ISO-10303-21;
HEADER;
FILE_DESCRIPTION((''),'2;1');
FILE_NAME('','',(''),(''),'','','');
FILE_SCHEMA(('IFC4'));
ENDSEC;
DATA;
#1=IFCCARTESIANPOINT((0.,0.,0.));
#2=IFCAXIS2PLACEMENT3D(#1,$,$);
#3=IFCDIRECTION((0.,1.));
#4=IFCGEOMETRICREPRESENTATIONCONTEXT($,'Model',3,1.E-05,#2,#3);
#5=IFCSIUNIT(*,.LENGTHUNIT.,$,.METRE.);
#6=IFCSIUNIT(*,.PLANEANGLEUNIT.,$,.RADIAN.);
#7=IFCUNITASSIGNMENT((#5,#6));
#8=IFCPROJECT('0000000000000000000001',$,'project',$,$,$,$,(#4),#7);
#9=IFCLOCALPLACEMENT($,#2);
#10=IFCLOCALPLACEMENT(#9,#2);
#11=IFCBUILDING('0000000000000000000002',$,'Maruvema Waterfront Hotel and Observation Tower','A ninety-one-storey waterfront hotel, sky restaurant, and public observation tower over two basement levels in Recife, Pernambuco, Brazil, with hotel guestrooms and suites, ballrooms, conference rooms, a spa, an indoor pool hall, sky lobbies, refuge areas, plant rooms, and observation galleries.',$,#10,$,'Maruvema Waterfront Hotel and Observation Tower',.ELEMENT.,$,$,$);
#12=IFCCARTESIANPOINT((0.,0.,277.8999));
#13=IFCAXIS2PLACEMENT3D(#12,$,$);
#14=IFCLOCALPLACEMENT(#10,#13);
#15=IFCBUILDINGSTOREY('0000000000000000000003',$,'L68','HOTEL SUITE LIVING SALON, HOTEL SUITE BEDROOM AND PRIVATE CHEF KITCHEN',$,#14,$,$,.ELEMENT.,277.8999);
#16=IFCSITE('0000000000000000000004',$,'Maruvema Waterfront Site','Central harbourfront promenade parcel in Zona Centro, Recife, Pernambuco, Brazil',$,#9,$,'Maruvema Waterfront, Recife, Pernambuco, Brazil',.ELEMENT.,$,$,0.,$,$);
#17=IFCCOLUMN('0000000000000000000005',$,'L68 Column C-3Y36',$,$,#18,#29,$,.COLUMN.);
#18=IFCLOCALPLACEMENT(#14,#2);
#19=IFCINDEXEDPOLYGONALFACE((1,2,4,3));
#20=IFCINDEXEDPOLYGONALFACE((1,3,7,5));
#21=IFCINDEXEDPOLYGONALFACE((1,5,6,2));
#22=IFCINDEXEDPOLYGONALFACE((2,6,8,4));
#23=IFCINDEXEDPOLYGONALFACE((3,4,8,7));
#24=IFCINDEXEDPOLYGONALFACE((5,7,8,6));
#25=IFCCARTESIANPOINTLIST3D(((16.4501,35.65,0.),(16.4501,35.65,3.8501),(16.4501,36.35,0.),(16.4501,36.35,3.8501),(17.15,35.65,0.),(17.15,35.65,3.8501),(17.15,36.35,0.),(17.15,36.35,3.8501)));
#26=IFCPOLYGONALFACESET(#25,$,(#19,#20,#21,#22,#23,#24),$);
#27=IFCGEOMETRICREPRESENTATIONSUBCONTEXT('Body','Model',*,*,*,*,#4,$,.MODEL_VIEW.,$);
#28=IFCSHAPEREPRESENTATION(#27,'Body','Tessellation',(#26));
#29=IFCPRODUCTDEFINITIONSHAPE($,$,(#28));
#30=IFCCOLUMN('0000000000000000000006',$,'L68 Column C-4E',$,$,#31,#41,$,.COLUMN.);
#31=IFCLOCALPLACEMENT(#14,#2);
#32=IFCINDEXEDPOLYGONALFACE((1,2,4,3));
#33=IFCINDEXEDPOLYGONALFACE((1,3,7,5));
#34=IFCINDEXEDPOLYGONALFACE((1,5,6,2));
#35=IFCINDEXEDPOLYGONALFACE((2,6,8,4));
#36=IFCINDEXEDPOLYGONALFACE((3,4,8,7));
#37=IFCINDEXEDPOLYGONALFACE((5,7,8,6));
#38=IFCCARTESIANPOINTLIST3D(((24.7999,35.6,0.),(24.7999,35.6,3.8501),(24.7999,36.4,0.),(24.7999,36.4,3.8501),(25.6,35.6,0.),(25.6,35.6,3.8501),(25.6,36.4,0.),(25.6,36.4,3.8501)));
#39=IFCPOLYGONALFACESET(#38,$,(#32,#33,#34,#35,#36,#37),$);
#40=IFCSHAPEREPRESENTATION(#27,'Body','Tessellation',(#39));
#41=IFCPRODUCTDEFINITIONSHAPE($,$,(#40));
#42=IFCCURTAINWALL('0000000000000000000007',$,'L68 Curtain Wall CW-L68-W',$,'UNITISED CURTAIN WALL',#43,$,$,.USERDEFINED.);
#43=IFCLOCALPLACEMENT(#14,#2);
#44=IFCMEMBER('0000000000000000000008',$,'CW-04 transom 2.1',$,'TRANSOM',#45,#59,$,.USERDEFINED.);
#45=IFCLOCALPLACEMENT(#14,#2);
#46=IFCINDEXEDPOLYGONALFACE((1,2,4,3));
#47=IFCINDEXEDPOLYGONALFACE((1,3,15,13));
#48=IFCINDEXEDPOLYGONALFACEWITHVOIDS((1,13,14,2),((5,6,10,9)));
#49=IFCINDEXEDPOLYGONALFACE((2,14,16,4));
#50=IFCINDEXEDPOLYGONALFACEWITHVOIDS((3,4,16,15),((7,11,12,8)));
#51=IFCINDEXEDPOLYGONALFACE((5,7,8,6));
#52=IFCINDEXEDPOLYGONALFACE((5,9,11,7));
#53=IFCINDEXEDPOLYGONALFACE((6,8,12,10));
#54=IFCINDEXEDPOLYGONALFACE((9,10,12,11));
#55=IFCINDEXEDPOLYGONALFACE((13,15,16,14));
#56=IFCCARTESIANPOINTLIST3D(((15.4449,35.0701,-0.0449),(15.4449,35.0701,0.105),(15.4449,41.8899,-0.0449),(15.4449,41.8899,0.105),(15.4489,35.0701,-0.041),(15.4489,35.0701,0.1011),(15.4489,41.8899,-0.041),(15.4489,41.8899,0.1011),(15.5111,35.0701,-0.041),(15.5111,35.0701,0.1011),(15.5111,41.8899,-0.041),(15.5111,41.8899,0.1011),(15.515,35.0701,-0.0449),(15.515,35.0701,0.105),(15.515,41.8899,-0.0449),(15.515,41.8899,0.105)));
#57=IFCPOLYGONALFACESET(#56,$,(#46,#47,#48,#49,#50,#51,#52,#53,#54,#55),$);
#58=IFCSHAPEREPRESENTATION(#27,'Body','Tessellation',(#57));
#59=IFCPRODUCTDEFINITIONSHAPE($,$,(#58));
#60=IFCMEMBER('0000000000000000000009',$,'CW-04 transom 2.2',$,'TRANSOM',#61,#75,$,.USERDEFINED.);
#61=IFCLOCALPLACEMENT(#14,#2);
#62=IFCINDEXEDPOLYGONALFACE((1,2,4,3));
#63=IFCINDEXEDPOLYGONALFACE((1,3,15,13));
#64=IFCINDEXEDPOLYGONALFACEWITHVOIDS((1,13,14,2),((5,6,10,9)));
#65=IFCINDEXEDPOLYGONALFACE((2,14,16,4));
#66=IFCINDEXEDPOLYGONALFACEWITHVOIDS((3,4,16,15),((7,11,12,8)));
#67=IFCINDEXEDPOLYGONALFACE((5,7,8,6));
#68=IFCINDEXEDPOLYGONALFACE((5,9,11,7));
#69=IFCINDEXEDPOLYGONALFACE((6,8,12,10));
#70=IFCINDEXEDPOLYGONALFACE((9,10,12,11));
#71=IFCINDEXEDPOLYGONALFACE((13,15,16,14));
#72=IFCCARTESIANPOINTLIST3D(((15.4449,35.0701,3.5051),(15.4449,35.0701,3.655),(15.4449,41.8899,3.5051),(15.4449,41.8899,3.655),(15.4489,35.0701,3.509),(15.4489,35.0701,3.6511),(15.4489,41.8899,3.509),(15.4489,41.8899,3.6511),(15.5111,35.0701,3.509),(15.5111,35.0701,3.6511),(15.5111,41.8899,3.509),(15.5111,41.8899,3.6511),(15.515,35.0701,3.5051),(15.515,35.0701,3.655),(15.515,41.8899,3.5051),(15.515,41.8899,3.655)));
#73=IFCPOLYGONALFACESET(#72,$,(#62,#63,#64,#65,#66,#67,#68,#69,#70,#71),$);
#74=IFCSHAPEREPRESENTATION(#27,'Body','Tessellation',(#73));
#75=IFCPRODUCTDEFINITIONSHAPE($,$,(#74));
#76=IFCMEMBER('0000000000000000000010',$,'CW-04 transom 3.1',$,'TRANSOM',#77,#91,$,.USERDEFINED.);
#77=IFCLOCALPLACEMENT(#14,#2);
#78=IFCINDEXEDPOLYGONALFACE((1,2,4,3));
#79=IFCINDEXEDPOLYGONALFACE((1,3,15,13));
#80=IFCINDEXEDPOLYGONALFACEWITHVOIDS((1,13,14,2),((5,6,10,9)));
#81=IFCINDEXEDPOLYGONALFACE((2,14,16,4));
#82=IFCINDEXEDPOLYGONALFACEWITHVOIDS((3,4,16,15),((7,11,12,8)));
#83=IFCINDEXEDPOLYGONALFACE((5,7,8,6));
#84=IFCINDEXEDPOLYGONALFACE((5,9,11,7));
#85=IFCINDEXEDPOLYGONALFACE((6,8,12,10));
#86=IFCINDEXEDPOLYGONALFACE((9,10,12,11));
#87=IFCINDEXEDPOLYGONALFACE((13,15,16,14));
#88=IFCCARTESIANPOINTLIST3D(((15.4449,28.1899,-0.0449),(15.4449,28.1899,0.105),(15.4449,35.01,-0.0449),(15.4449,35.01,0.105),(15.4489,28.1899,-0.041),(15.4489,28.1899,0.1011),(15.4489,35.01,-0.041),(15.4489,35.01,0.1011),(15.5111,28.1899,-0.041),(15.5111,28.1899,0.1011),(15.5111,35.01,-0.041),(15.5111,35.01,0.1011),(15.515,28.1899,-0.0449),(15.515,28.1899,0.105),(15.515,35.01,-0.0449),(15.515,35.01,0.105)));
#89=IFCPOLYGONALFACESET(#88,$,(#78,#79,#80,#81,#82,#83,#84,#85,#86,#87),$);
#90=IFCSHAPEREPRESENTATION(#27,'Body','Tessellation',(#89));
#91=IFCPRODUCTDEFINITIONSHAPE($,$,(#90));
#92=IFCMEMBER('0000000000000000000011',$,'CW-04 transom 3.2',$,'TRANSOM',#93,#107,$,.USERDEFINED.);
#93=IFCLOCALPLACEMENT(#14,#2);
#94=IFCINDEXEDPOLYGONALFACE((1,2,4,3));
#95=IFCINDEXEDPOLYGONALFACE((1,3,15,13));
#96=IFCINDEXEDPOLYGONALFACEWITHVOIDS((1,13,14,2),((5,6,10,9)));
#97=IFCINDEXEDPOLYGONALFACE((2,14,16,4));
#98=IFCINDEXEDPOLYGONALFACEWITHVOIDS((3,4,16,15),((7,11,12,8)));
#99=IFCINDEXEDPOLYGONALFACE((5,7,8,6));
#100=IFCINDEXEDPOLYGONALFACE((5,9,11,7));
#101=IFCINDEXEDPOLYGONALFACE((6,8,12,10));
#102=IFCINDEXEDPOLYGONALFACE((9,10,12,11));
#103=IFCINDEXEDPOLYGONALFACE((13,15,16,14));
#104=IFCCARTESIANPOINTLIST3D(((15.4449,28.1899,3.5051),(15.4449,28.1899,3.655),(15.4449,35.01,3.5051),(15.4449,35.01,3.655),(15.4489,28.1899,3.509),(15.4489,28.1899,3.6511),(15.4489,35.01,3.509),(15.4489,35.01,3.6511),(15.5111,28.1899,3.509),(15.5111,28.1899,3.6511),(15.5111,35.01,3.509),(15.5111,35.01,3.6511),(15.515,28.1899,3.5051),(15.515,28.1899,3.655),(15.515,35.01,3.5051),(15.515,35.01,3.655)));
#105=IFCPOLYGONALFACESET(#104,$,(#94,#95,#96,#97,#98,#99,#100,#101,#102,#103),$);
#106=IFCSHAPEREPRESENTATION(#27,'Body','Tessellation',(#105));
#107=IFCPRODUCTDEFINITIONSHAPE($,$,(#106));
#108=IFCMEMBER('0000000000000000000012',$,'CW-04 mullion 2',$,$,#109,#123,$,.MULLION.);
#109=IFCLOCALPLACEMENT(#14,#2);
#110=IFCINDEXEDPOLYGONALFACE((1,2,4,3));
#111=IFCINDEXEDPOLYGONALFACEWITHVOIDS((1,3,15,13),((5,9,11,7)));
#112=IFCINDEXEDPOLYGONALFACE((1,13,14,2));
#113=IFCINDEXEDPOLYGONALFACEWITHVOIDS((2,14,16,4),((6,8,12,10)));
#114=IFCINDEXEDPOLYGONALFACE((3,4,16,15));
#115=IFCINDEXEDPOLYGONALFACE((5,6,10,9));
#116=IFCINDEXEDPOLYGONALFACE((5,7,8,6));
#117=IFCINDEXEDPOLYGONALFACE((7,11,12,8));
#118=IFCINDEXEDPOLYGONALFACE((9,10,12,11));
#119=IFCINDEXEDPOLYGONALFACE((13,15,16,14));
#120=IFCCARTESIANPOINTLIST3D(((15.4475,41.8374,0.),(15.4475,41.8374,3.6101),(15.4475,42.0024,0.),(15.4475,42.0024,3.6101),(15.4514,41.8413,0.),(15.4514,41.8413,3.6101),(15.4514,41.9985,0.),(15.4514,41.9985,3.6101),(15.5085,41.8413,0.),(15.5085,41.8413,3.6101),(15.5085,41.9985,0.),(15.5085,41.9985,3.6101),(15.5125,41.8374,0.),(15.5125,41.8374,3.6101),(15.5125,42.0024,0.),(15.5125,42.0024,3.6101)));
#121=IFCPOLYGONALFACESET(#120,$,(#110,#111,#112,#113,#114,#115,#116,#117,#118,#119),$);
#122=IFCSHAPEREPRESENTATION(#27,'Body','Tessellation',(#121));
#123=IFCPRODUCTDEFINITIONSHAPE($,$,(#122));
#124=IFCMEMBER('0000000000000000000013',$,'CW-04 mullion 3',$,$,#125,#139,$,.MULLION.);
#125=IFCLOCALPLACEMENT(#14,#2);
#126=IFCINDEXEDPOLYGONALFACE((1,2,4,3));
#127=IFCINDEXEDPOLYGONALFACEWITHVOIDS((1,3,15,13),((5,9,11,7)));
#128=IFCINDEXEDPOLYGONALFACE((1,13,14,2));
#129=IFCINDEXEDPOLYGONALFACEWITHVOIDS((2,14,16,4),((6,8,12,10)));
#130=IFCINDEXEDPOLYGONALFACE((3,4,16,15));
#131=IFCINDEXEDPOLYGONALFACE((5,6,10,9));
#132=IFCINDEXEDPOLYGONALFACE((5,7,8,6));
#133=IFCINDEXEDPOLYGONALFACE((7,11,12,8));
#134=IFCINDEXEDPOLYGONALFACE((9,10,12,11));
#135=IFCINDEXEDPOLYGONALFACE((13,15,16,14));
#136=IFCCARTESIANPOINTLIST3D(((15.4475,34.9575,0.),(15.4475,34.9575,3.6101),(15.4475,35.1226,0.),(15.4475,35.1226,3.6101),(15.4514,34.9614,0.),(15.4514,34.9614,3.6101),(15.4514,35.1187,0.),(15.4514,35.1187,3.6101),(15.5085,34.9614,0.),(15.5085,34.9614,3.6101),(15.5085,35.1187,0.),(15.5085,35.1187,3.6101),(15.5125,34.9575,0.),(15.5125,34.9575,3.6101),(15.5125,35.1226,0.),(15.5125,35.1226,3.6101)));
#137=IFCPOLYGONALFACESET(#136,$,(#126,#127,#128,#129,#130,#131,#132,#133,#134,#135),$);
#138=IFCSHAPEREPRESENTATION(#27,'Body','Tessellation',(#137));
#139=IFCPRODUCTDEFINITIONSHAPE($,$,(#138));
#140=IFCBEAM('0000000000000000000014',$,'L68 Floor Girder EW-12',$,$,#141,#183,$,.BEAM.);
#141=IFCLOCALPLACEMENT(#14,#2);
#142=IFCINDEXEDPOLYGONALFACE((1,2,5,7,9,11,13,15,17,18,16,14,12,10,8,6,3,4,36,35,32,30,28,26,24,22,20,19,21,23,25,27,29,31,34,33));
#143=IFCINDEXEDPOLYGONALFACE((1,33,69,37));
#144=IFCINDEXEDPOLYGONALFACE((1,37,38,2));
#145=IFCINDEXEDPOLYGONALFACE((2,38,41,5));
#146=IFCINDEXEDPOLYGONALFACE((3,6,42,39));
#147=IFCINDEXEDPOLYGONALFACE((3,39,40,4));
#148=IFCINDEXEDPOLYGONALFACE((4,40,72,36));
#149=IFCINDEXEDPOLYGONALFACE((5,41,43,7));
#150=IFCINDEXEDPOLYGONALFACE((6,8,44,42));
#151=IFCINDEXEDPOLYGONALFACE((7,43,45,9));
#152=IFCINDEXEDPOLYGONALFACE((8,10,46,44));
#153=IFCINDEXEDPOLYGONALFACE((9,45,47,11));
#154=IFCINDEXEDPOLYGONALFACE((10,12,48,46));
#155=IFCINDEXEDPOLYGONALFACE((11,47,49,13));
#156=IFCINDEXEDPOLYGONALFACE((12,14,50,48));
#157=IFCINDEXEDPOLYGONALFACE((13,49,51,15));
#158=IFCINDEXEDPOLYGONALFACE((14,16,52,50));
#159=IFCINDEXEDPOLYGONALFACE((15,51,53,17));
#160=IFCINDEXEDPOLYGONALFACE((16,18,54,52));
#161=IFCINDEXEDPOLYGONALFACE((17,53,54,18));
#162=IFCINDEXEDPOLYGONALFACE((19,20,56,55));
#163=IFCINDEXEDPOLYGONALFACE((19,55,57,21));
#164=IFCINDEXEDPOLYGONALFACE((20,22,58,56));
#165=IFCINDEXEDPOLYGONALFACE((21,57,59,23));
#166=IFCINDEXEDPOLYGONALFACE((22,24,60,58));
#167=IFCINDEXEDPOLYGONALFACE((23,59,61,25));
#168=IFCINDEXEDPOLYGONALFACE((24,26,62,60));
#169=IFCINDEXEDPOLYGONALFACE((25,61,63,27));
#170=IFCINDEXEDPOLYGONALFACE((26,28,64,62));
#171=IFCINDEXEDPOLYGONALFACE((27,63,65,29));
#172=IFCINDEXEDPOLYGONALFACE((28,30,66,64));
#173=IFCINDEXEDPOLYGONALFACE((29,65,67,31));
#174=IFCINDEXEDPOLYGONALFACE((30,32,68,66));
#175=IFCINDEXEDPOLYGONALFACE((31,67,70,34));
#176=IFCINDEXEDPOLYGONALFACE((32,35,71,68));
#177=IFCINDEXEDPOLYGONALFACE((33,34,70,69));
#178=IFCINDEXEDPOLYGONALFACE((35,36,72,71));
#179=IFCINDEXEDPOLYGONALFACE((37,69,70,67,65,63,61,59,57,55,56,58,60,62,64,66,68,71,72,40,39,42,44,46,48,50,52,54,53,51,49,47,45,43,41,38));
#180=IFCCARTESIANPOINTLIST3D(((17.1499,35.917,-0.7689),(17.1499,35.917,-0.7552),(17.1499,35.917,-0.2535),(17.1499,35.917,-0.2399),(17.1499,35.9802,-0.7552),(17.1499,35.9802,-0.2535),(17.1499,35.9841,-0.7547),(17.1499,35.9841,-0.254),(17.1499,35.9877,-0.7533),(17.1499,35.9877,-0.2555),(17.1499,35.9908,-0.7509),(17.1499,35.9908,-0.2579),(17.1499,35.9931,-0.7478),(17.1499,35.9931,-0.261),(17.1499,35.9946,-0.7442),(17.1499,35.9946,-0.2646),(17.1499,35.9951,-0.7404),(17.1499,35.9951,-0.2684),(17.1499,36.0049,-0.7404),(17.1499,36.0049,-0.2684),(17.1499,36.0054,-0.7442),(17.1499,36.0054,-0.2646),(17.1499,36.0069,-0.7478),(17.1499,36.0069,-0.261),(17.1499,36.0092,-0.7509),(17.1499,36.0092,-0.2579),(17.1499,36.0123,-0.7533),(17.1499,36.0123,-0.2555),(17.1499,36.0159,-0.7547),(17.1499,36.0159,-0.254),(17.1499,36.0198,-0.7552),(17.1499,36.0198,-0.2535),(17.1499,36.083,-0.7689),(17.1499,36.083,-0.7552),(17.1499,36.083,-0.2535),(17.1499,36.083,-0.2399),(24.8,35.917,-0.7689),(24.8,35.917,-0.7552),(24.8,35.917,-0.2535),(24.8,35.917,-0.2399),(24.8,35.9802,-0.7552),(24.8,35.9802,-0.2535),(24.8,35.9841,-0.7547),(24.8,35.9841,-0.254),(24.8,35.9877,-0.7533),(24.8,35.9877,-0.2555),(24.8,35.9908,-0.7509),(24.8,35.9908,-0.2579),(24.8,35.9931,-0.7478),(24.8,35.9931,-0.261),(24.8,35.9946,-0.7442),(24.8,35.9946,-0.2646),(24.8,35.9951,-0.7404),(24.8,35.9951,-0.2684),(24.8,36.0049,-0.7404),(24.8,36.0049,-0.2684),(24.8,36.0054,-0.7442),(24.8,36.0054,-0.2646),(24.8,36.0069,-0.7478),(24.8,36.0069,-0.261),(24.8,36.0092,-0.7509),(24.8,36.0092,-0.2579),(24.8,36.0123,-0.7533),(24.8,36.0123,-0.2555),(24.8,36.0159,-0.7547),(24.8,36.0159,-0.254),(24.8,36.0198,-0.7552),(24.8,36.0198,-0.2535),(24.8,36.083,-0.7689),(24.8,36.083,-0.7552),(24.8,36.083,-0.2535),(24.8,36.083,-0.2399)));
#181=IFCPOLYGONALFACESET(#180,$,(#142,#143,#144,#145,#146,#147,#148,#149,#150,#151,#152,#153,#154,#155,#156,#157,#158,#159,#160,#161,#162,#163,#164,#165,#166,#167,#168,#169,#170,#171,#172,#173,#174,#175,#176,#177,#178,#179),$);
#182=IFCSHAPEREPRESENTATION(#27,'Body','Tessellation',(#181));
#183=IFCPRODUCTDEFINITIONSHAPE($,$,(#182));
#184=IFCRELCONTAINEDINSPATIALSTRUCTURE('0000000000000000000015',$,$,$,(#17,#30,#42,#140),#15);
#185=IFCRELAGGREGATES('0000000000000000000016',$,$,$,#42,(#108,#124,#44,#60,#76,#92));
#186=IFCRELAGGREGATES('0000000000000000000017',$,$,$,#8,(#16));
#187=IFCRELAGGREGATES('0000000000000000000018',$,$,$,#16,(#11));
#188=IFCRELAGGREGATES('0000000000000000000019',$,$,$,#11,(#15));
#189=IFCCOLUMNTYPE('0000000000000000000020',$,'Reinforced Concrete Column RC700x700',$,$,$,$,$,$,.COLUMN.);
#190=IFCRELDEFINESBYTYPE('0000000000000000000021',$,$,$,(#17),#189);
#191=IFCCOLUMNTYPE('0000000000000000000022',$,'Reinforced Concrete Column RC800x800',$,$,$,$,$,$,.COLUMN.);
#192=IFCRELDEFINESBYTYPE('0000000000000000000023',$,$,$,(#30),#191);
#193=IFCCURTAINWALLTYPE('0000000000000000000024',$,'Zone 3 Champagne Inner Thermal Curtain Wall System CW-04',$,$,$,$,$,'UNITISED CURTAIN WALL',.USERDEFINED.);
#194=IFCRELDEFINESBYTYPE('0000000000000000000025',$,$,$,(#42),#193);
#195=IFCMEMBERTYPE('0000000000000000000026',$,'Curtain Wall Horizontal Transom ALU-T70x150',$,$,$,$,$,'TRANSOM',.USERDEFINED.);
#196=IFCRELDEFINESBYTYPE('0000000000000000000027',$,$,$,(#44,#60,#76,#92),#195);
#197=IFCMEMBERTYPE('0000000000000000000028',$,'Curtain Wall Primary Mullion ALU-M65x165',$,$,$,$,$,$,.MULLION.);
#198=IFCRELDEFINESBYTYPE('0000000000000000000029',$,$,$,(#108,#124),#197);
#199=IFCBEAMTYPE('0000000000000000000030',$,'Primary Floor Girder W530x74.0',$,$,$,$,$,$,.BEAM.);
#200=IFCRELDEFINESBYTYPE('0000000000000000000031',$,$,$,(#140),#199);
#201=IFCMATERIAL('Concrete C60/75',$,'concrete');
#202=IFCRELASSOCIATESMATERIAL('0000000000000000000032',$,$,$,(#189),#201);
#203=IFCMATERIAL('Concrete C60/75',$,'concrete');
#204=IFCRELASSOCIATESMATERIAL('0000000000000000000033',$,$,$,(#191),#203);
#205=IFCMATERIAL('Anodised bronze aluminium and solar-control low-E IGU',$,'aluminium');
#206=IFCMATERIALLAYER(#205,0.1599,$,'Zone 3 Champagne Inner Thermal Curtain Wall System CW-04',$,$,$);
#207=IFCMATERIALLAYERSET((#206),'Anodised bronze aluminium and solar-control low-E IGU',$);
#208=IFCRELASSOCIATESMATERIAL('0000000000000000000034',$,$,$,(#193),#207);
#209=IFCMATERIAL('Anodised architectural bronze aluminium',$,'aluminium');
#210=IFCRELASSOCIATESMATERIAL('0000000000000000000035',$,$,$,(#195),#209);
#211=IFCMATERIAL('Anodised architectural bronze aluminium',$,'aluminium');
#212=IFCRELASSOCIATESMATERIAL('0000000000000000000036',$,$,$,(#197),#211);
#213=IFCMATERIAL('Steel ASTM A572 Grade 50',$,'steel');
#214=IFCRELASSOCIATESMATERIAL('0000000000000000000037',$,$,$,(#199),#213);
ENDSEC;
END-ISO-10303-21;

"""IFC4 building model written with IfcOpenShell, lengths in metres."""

from ifc_helpers import new_model, si_unit, direction, frame, origin, origin_2d, place, context, subcontext, project, spatial, rectangle, hollow_rectangle, i_section, extrude, material, layer, layer_set, material_profile, profile_set, type_object, element, aggregate, save


model = new_model("IFC4")

# Units and contexts
model_context = context("Model", 3, precision=1e-05, world=origin(), true_north=direction((0.0, 1.0)))
body_context = subcontext(model_context, "Body", "Model", "MODEL_VIEW")
ifc_project = project(units=[si_unit("LENGTHUNIT", "METRE"), si_unit("PLANEANGLEUNIT", "RADIAN")], contexts=[model_context])

# Site, building, storey
site_placement = place(None, origin())
site = spatial("IfcSite", under=ifc_project, at=site_placement, Name="Maruvema Waterfront Site", Description="Central harbourfront promenade parcel in Zona Centro, Recife, Pernambuco, Brazil", LongName="Maruvema Waterfront, Recife, Pernambuco, Brazil", CompositionType="ELEMENT", RefElevation=0.0)
building_placement = place(site_placement, origin())
building = spatial("IfcBuilding", under=site, at=building_placement, Name="Maruvema Waterfront Hotel and Observation Tower", Description="A ninety-one-storey waterfront hotel, sky restaurant, and public observation tower over two basement levels in Recife, Pernambuco, Brazil, with hotel guestrooms and suites, ballrooms, conference rooms, a spa, an indoor pool hall, sky lobbies, refuge areas, plant rooms, and observation galleries.", LongName="Maruvema Waterfront Hotel and Observation Tower", CompositionType="ELEMENT")
storey_placement = place(building_placement, frame((0.0, 0.0, 277.8999)))
storey = spatial("IfcBuildingStorey", under=building, at=storey_placement, Name="L68", Description="HOTEL SUITE LIVING SALON, HOTEL SUITE BEDROOM AND PRIVATE CHEF KITCHEN", CompositionType="ELEMENT", Elevation=277.8999)

# Columns
ifc_material_1 = material(Name="Concrete C60/75", Category="concrete")
ifc_material_profile_1 = material_profile(ifc_material_1, rectangle(XDim=0.7, YDim=0.7, at=origin_2d()), Name="RC700x700")
ifc_profile_set_1 = profile_set([ifc_material_profile_1], Name="Concrete C60/75")
column_type_1 = type_object("IfcColumnType", Name="Reinforced Concrete Column RC700x700", PredefinedType="COLUMN", material=ifc_profile_set_1)
column_1_placement = place(storey_placement, frame((16.8, 36.0, 0.0), z_axis=(0.0, 0.0, 1.0), x_axis=(1.0, 0.0, 0.0)))
element("IfcColumn", 1, at=column_1_placement, inside=storey, type_object=column_type_1, Name="L68 Column C-3Y36", PredefinedType="COLUMN", context=body_context, shape_type="SweptSolid", body=[
    extrude(rectangle(XDim=0.7, YDim=0.7, at=origin_2d()), origin(), (0.0, 0.0, 1.0), 3.8501),
])
ifc_material_2 = material(Name="Concrete C60/75", Category="concrete")
ifc_material_profile_2 = material_profile(ifc_material_2, rectangle(XDim=0.8, YDim=0.8, at=origin_2d()), Name="RC800x800")
ifc_profile_set_2 = profile_set([ifc_material_profile_2], Name="Concrete C60/75")
column_type_2 = type_object("IfcColumnType", Name="Reinforced Concrete Column RC800x800", PredefinedType="COLUMN", material=ifc_profile_set_2)
column_2_placement = place(storey_placement, frame((25.2, 36.0, 0.0), z_axis=(0.0, 0.0, 1.0), x_axis=(1.0, 0.0, 0.0)))
element("IfcColumn", 2, at=column_2_placement, inside=storey, type_object=column_type_2, Name="L68 Column C-4E", PredefinedType="COLUMN", context=body_context, shape_type="SweptSolid", body=[
    extrude(rectangle(XDim=0.8, YDim=0.8, at=origin_2d()), origin(), (0.0, 0.0, 1.0), 3.8501),
])

# Curtain wall, members
ifc_material_3 = material(Name="Anodised bronze aluminium and solar-control low-E IGU", Category="aluminium")
ifc_layer_1 = layer(ifc_material_3, 0.1599, Name="Zone 3 Champagne Inner Thermal Curtain Wall System CW-04")
ifc_layer_set_1 = layer_set([ifc_layer_1], Name="Anodised bronze aluminium and solar-control low-E IGU")
curtain_wall_type = type_object("IfcCurtainWallType", Name="Zone 3 Champagne Inner Thermal Curtain Wall System CW-04", ElementType="UNITISED CURTAIN WALL", PredefinedType="USERDEFINED", material=ifc_layer_set_1)
curtain_wall_placement = place(storey_placement, origin())
curtain_wall = element("IfcCurtainWall", 3, at=curtain_wall_placement, inside=storey, type_object=curtain_wall_type, Name="L68 Curtain Wall CW-L68-W", ObjectType="UNITISED CURTAIN WALL", PredefinedType="USERDEFINED")
ifc_material_4 = material(Name="Anodised architectural bronze aluminium", Category="aluminium")
ifc_material_profile_3 = material_profile(ifc_material_4, hollow_rectangle(XDim=0.0701, YDim=0.1499, WallThickness=0.0039, at=origin_2d()), Name="ALU-T70x150")
ifc_profile_set_3 = profile_set([ifc_material_profile_3], Name="Anodised architectural bronze aluminium")
member_type_1 = type_object("IfcMemberType", Name="Curtain Wall Horizontal Transom ALU-T70x150", ElementType="TRANSOM", PredefinedType="USERDEFINED", material=ifc_profile_set_3)
member_1_placement = place(storey_placement, frame((15.48, 41.8899, 0.03), z_axis=(0.0, -1.0, 0.0), x_axis=(1.0, 0.0, 0.0)))
member_1 = element("IfcMember", 4, at=member_1_placement, type_object=member_type_1, Name="CW-04 transom 2.1", ObjectType="TRANSOM", PredefinedType="USERDEFINED", context=body_context, shape_type="SweptSolid", body=[
    extrude(hollow_rectangle(XDim=0.0701, YDim=0.1499, WallThickness=0.0039, at=origin_2d()), origin(), (0.0, 0.0, 1.0), 6.8198),
])
member_2_placement = place(storey_placement, frame((15.48, 41.8899, 3.5801), z_axis=(0.0, -1.0, 0.0), x_axis=(1.0, 0.0, 0.0)))
member_2 = element("IfcMember", 5, at=member_2_placement, type_object=member_type_1, Name="CW-04 transom 2.2", ObjectType="TRANSOM", PredefinedType="USERDEFINED", context=body_context, shape_type="SweptSolid", body=[
    extrude(hollow_rectangle(XDim=0.0701, YDim=0.1499, WallThickness=0.0039, at=origin_2d()), origin(), (0.0, 0.0, 1.0), 6.8198),
])
member_3_placement = place(storey_placement, frame((15.48, 35.01, 0.03), z_axis=(0.0, -1.0, 0.0), x_axis=(1.0, 0.0, 0.0)))
member_3 = element("IfcMember", 6, at=member_3_placement, type_object=member_type_1, Name="CW-04 transom 3.1", ObjectType="TRANSOM", PredefinedType="USERDEFINED", context=body_context, shape_type="SweptSolid", body=[
    extrude(hollow_rectangle(XDim=0.0701, YDim=0.1499, WallThickness=0.0039, at=origin_2d()), origin(), (0.0, 0.0, 1.0), 6.8201),
])
member_4_placement = place(storey_placement, frame((15.48, 35.01, 3.5801), z_axis=(0.0, -1.0, 0.0), x_axis=(1.0, 0.0, 0.0)))
member_4 = element("IfcMember", 7, at=member_4_placement, type_object=member_type_1, Name="CW-04 transom 3.2", ObjectType="TRANSOM", PredefinedType="USERDEFINED", context=body_context, shape_type="SweptSolid", body=[
    extrude(hollow_rectangle(XDim=0.0701, YDim=0.1499, WallThickness=0.0039, at=origin_2d()), origin(), (0.0, 0.0, 1.0), 6.8201),
])
ifc_material_5 = material(Name="Anodised architectural bronze aluminium", Category="aluminium")
ifc_material_profile_4 = material_profile(ifc_material_5, hollow_rectangle(XDim=0.0649, YDim=0.165, WallThickness=0.0039, at=origin_2d()), Name="ALU-M65x165")
ifc_profile_set_4 = profile_set([ifc_material_profile_4], Name="Anodised architectural bronze aluminium")
member_type_2 = type_object("IfcMemberType", Name="Curtain Wall Primary Mullion ALU-M65x165", PredefinedType="MULLION", material=ifc_profile_set_4)
member_5_placement = place(storey_placement, frame((15.48, 41.9199, 0.0), z_axis=(0.0, 0.0, 1.0), x_axis=(1.0, 0.0, 0.0)))
member_5 = element("IfcMember", 8, at=member_5_placement, type_object=member_type_2, Name="CW-04 mullion 2", PredefinedType="MULLION", context=body_context, shape_type="SweptSolid", body=[
    extrude(hollow_rectangle(XDim=0.0649, YDim=0.165, WallThickness=0.0039, at=origin_2d()), origin(), (0.0, 0.0, 1.0), 3.6101),
])
member_6_placement = place(storey_placement, frame((15.48, 35.04, 0.0), z_axis=(0.0, 0.0, 1.0), x_axis=(1.0, 0.0, 0.0)))
member_6 = element("IfcMember", 9, at=member_6_placement, type_object=member_type_2, Name="CW-04 mullion 3", PredefinedType="MULLION", context=body_context, shape_type="SweptSolid", body=[
    extrude(hollow_rectangle(XDim=0.0649, YDim=0.165, WallThickness=0.0039, at=origin_2d()), origin(), (0.0, 0.0, 1.0), 3.6101),
])

# Beam
ifc_material_6 = material(Name="Steel ASTM A572 Grade 50", Category="steel")
ifc_material_profile_5 = material_profile(ifc_material_6, i_section(OverallWidth=0.166, OverallDepth=0.5291, WebThickness=0.0098, FlangeThickness=0.0137, FilletRadius=0.0149, at=origin_2d()), Name="W530x74.0")
ifc_profile_set_5 = profile_set([ifc_material_profile_5], Name="Steel ASTM A572 Grade 50")
beam_type_1 = type_object("IfcBeamType", Name="Primary Floor Girder W530x74.0", PredefinedType="BEAM", material=ifc_profile_set_5)
beam_1_placement = place(storey_placement, frame((17.1499, 36.0, -0.5044), z_axis=(1.0, 0.0, 0.0), x_axis=(0.0, 1.0, 0.0)))
element("IfcBeam", 10, at=beam_1_placement, inside=storey, type_object=beam_type_1, Name="L68 Floor Girder EW-12", PredefinedType="BEAM", context=body_context, shape_type="SweptSolid", body=[
    extrude(i_section(OverallWidth=0.166, OverallDepth=0.5291, WebThickness=0.0098, FlangeThickness=0.0137, FilletRadius=0.0149, at=origin_2d()), origin(), (0.0, 0.0, 1.0), 7.6501),
])

aggregate(curtain_wall, [member_5, member_6, member_1, member_2, member_3, member_4])

save(model, "model.ifc")
